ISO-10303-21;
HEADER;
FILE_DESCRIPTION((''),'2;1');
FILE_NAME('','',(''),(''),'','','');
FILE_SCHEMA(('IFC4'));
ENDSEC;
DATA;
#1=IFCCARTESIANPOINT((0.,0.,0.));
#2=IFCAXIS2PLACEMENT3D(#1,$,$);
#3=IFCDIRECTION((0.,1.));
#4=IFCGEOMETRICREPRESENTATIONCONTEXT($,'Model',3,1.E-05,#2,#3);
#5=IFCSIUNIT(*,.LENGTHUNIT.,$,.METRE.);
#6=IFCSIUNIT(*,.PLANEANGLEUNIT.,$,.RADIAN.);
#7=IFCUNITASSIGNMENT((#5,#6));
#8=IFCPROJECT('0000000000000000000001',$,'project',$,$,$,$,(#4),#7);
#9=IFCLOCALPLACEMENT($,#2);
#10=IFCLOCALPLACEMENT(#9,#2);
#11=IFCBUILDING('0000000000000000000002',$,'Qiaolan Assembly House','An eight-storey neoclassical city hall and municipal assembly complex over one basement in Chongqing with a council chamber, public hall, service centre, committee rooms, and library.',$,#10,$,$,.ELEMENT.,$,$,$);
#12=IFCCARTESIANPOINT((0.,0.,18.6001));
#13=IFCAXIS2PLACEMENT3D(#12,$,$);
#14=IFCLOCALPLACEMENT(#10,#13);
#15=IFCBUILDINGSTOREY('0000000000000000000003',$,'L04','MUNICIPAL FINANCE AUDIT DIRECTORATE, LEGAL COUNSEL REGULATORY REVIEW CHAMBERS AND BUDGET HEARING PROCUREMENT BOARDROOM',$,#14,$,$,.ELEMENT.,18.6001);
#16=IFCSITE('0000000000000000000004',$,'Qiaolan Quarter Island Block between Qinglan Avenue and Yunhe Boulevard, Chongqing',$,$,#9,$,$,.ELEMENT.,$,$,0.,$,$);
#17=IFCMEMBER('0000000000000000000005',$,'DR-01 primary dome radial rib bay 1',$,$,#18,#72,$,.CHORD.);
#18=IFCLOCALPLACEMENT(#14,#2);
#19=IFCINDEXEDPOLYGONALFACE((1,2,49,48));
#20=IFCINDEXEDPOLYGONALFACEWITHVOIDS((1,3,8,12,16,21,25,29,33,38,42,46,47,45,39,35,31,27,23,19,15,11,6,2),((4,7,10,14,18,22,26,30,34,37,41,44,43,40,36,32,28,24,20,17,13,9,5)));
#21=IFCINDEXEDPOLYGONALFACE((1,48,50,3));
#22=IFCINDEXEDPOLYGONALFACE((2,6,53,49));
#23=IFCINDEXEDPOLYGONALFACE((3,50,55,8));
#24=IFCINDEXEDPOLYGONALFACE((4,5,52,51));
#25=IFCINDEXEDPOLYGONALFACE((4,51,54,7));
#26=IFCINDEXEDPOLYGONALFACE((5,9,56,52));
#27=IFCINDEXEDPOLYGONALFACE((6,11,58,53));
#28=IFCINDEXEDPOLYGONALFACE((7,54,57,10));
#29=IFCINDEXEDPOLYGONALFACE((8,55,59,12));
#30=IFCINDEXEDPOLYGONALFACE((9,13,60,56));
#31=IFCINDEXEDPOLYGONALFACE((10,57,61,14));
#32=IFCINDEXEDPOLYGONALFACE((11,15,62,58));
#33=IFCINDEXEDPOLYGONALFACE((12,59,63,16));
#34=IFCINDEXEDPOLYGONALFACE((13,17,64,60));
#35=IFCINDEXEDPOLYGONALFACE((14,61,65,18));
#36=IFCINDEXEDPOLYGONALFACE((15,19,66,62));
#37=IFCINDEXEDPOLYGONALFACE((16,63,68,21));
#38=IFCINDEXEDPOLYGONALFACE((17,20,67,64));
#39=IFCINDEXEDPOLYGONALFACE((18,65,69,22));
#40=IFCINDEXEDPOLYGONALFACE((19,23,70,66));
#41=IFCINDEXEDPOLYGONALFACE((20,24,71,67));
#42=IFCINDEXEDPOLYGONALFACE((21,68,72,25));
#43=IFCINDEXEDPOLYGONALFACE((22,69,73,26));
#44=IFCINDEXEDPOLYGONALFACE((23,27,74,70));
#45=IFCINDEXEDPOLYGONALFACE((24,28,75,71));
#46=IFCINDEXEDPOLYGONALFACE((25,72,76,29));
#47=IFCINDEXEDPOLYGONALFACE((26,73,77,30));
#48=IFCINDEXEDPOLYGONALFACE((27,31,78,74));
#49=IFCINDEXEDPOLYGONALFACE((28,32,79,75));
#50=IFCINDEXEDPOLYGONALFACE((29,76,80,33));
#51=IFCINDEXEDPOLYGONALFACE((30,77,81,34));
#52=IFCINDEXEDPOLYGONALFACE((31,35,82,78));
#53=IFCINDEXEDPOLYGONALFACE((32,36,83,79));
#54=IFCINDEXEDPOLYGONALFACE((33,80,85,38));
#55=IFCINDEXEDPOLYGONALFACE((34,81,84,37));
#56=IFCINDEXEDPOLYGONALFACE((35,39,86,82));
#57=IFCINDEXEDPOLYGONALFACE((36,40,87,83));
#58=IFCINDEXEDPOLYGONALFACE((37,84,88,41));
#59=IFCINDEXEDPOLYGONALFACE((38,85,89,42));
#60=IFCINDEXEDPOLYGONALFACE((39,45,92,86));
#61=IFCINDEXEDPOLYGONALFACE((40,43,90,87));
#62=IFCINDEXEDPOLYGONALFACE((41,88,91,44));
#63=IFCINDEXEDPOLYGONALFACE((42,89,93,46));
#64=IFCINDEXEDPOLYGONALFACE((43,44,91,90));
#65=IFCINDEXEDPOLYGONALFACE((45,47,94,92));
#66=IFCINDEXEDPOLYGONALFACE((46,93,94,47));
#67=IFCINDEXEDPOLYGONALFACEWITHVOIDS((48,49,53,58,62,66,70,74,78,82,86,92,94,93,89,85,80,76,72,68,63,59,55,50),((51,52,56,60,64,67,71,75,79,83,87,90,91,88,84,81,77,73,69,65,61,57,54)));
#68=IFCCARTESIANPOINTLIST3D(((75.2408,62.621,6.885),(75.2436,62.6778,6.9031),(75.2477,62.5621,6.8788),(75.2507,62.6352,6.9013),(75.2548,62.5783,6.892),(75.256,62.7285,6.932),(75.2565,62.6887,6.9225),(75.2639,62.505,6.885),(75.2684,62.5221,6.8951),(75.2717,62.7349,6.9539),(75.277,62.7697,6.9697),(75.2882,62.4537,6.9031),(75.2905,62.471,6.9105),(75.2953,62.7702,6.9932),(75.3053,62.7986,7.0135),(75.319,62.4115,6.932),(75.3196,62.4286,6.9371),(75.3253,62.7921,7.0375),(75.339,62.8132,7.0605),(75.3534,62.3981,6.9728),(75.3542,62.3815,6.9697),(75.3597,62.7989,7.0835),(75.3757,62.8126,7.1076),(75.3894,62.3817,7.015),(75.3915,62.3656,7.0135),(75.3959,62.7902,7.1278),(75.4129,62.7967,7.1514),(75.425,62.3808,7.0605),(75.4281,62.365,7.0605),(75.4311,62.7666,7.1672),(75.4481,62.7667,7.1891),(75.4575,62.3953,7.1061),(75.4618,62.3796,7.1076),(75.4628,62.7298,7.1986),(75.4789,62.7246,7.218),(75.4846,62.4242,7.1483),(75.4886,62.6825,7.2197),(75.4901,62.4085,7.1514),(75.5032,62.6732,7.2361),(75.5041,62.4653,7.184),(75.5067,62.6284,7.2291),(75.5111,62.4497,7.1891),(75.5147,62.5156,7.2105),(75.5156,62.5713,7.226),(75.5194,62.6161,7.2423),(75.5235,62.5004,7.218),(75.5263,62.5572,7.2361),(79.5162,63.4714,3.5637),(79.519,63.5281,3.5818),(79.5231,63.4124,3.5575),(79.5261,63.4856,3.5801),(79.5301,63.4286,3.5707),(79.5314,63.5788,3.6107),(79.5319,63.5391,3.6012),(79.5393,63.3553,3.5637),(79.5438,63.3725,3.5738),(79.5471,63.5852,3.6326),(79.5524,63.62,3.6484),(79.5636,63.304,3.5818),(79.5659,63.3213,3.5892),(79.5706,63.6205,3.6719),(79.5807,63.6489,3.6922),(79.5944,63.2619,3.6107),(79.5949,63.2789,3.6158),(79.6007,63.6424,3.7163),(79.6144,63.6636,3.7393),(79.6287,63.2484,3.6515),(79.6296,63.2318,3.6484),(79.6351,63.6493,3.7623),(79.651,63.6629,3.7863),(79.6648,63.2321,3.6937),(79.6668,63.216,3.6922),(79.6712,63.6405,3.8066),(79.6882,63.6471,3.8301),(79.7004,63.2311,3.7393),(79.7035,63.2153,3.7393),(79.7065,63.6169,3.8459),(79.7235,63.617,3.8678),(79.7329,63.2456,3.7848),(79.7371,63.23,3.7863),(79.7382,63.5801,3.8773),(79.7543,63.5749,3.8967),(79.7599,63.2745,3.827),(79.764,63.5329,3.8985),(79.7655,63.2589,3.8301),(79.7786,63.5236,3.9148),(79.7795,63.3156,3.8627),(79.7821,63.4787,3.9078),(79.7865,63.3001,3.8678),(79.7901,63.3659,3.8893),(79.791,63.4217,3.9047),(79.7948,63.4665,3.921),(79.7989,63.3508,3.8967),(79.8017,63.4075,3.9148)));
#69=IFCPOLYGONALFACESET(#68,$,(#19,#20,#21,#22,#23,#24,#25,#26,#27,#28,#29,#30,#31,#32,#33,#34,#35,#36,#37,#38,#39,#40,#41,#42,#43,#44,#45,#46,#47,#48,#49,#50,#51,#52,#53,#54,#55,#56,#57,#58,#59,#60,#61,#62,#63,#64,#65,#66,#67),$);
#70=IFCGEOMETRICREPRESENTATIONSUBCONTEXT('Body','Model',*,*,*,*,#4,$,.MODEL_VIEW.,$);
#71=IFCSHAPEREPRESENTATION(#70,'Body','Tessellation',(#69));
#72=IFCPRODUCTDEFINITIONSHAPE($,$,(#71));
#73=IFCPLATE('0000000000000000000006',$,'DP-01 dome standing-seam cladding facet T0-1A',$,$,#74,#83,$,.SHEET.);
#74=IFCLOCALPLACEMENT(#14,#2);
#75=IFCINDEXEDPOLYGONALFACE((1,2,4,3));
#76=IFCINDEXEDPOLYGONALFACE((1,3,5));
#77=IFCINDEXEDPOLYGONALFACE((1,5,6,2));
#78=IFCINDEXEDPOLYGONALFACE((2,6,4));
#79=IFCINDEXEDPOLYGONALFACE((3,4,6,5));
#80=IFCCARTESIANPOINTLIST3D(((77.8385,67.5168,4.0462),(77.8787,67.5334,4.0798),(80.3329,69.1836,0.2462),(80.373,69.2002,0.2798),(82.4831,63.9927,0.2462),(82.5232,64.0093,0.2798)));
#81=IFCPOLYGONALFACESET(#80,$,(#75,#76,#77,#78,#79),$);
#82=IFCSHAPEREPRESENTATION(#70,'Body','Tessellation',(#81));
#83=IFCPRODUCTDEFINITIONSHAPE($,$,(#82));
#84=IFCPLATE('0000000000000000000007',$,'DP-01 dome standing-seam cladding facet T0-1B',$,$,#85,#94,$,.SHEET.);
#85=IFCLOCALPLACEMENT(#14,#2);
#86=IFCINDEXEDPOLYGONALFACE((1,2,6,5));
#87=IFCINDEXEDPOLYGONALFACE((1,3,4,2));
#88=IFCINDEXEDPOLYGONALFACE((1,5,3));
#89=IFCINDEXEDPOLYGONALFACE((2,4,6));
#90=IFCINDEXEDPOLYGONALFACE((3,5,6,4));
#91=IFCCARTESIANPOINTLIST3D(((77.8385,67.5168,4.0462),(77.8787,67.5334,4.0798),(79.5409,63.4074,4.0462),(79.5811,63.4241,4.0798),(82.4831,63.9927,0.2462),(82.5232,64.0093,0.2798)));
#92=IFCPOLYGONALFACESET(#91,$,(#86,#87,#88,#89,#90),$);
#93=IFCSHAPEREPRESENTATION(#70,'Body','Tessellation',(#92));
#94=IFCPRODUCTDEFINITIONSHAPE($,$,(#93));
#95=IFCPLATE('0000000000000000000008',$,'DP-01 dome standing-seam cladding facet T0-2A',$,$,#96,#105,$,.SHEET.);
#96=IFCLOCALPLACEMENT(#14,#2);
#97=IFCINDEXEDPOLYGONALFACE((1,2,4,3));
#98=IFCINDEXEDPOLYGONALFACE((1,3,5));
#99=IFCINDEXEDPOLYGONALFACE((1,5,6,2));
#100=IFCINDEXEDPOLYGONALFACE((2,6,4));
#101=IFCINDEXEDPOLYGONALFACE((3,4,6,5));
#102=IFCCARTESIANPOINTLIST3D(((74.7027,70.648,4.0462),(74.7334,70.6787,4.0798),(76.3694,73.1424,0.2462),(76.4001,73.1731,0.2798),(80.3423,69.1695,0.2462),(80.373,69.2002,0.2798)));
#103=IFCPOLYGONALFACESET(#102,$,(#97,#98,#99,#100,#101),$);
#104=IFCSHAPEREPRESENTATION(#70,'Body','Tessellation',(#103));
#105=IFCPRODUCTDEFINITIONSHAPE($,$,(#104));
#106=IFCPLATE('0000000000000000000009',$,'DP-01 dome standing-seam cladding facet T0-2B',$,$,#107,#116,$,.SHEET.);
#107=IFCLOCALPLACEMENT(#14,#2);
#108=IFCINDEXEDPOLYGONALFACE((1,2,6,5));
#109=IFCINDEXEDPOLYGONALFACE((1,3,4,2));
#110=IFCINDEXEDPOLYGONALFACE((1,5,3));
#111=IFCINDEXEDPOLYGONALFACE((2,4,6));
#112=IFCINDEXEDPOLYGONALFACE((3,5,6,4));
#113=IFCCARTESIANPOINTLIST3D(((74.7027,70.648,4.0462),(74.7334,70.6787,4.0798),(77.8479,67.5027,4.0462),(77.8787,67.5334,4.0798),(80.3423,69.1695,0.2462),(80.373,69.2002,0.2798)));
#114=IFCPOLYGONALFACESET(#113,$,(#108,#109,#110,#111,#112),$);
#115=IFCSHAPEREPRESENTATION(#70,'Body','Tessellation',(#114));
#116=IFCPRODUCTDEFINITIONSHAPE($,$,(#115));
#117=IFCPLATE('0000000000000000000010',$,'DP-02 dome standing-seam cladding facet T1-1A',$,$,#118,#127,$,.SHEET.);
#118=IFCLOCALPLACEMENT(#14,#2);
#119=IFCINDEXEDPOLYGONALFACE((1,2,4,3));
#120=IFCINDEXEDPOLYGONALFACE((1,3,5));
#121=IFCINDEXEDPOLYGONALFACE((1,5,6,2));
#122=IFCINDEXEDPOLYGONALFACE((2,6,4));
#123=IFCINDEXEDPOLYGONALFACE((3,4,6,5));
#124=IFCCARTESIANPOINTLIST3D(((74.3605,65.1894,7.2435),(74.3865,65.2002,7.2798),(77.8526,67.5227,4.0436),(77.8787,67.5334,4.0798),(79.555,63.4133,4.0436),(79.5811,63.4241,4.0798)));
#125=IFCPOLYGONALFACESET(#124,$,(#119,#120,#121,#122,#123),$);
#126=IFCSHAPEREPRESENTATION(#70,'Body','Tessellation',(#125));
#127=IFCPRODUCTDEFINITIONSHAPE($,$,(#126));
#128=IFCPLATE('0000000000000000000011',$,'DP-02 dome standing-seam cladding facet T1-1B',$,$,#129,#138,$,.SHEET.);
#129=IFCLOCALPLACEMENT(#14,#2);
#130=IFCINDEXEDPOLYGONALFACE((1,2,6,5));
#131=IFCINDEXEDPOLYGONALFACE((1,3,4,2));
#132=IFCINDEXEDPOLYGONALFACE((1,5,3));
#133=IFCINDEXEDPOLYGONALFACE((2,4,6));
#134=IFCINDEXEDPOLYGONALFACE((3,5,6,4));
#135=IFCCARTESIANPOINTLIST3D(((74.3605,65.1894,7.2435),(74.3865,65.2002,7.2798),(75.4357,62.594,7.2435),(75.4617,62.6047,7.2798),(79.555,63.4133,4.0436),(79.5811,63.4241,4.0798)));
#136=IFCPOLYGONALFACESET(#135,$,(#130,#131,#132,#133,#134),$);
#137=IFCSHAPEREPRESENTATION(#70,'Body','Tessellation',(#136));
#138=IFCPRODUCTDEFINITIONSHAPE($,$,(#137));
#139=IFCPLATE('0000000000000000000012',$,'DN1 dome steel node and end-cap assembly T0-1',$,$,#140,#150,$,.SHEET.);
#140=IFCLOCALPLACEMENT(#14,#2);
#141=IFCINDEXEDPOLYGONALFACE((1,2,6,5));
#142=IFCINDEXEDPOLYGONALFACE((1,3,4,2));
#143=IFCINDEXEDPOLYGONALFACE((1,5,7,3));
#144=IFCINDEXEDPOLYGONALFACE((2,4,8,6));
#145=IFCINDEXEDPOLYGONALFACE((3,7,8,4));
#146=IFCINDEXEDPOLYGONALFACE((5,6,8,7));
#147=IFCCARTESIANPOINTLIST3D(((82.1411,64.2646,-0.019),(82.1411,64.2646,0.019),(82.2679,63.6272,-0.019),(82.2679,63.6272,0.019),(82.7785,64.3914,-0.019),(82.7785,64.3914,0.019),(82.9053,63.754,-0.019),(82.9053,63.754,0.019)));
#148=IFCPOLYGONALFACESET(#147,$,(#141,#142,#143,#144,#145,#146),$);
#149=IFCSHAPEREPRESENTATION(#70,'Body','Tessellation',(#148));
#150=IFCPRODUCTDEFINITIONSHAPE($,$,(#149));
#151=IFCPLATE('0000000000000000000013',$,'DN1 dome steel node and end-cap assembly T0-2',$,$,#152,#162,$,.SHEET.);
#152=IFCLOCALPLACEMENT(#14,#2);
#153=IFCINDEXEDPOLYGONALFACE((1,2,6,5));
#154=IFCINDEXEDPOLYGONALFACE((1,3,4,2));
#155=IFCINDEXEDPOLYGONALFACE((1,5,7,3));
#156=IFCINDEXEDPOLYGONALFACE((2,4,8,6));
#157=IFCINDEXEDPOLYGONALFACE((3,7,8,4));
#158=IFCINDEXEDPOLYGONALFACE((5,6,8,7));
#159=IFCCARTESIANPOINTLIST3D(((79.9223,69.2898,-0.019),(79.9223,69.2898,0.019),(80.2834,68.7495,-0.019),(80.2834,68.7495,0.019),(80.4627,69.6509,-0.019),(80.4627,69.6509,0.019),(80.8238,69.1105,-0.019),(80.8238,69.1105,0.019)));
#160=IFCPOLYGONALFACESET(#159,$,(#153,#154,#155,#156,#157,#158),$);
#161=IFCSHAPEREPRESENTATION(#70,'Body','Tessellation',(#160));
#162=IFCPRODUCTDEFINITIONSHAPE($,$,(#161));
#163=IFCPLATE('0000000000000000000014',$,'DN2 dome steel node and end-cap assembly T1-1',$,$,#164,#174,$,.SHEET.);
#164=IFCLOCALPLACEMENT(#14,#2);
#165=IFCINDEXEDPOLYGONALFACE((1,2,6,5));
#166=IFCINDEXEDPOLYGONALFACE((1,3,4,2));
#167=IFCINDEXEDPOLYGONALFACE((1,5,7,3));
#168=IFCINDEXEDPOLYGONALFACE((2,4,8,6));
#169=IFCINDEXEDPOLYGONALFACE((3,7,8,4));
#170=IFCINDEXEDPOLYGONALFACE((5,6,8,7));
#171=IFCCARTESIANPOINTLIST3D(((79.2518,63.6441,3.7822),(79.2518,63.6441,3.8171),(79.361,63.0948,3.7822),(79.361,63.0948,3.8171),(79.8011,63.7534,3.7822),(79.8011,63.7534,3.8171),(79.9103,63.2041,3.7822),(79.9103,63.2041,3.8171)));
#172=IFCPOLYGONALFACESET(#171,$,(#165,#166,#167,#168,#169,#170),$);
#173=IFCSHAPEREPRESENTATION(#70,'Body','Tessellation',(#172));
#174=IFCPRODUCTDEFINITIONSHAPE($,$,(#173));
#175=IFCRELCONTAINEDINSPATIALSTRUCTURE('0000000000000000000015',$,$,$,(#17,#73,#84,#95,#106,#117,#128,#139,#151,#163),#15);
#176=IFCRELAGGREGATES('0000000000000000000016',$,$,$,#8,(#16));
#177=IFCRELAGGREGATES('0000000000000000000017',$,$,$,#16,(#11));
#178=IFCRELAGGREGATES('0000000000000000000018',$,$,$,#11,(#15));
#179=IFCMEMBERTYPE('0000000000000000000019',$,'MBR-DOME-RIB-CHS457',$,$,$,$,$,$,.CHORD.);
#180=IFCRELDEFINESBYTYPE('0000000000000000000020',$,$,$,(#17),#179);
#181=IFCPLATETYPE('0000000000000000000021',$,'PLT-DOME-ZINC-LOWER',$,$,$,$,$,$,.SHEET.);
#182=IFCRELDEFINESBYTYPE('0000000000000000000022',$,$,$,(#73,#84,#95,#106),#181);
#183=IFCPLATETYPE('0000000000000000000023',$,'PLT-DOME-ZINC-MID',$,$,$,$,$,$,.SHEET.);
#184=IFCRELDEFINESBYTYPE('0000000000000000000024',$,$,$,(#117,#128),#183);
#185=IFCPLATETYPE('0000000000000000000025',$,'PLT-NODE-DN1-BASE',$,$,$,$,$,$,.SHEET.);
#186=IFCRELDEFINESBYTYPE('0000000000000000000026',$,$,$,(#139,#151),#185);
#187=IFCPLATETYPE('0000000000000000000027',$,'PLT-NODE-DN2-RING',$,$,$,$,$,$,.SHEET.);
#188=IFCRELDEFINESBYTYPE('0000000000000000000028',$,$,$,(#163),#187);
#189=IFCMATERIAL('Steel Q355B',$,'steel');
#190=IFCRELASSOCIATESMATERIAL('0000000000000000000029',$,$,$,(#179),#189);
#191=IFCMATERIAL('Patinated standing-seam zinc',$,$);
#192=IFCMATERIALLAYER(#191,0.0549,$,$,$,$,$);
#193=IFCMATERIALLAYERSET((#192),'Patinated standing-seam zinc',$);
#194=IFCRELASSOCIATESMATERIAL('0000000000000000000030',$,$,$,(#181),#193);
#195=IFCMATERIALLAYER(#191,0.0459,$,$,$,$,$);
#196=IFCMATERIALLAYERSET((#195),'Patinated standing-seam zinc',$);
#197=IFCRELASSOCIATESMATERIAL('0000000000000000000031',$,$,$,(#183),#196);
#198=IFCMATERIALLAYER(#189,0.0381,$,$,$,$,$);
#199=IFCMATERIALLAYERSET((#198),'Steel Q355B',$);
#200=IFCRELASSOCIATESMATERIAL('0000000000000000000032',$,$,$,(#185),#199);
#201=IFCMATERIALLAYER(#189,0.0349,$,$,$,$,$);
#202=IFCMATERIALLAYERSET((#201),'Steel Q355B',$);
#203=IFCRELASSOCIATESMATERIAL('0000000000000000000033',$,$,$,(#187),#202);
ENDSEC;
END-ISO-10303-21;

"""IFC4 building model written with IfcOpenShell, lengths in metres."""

from ifc_helpers import new_model, si_unit, direction, frame, origin, origin_2d, place, context, subcontext, project, spatial, polyline, rectangle, hollow_circle, outline, extrude, material, layer, layer_set, material_profile, profile_set, type_object, element, save


model = new_model("IFC4")

# Units and contexts
model_context = context("Model", 3, precision=1e-05, world=origin(), true_north=direction((0.0, 1.0)))
body_context = subcontext(model_context, "Body", "Model", "MODEL_VIEW")
ifc_project = project(units=[si_unit("LENGTHUNIT", "METRE"), si_unit("PLANEANGLEUNIT", "RADIAN")], contexts=[model_context])

# Site, building, storey
site_placement = place(None, origin())
site = spatial("IfcSite", under=ifc_project, at=site_placement, Name="Qiaolan Quarter Island Block between Qinglan Avenue and Yunhe Boulevard, Chongqing", CompositionType="ELEMENT", RefElevation=0.0)
building_placement = place(site_placement, origin())
building = spatial("IfcBuilding", under=site, at=building_placement, Name="Qiaolan Assembly House", Description="An eight-storey neoclassical city hall and municipal assembly complex over one basement in Chongqing with a council chamber, public hall, service centre, committee rooms, and library.", CompositionType="ELEMENT")
storey_placement = place(building_placement, frame((0.0, 0.0, 18.6001)))
storey = spatial("IfcBuildingStorey", under=building, at=storey_placement, Name="L04", Description="MUNICIPAL FINANCE AUDIT DIRECTORATE, LEGAL COUNSEL REGULATORY REVIEW CHAMBERS AND BUDGET HEARING PROCUREMENT BOARDROOM", CompositionType="ELEMENT", Elevation=18.6001)

# Shared definitions
ifc_material_1 = material(Name="Steel Q355B", Category="steel")

# Member
ifc_material_profile_1 = material_profile(ifc_material_1, hollow_circle(Radius=0.2285, WallThickness=0.0161, at=origin_2d()), Name="CHS 457x16")
ifc_profile_set_1 = profile_set([ifc_material_profile_1], Name="Steel Q355B")
member_type_1 = type_object("IfcMemberType", Name="MBR-DOME-RIB-CHS457", PredefinedType="CHORD", material=ifc_profile_set_1)
member_1_placement = place(storey_placement, frame((79.6589, 63.4395, 3.7393), z_axis=(-0.780147, -0.155165, 0.606048), x_axis=(0.195071, -0.980789, 0.0)))
element("IfcMember", 1, at=member_1_placement, inside=storey, type_object=member_type_1, Name="DR-01 primary dome radial rib bay 1", PredefinedType="CHORD", context=body_context, shape_type="SweptSolid", body=[
    extrude(hollow_circle(Radius=0.2285, WallThickness=0.0161, at=origin_2d()), origin(), (0.0, 0.0, 1.0), 5.4802),
])

# Plates
ifc_material_2 = material(Name="Patinated standing-seam zinc")
ifc_layer_1 = layer(ifc_material_2, 0.0549)
ifc_layer_set_1 = layer_set([ifc_layer_1], Name="Patinated standing-seam zinc")
plate_type_1 = type_object("IfcPlateType", Name="PLT-DOME-ZINC-LOWER", PredefinedType="SHEET", material=ifc_layer_set_1)
plate_1_placement = place(storey_placement, frame((82.5232, 64.0093, 0.2798), z_axis=(0.730499, 0.302582, 0.612222), x_axis=(-0.382683, 0.92388, 0.0)))
element("IfcPlate", 2, at=plate_1_placement, inside=storey, type_object=plate_type_1, Name="DP-01 dome standing-seam cladding facet T0-1A", PredefinedType="SHEET", context=body_context, shape_type="SweptSolid", body=[
    extrude(outline(polyline([(0.0, 0.0), (5.6186, 0.0), (5.0333, 4.806), (0.0, 0.0)])), origin(), (0.0, 0.0, -1.0), 0.0549),
])
plate_2_placement = place(storey_placement, frame((82.5232, 64.0093, 0.2798), z_axis=(0.730507, 0.302627, 0.61219), x_axis=(-0.667385, 0.506397, 0.546039)))
element("IfcPlate", 3, at=plate_2_placement, inside=storey, type_object=plate_type_1, Name="DP-01 dome standing-seam cladding facet T0-1B", PredefinedType="SHEET", context=body_context, shape_type="SweptSolid", body=[
    extrude(outline(polyline([(0.0, 0.0), (6.9593, 0.0), (3.7422, 3.0717), (0.0, 0.0)])), origin(), (0.0, 0.0, -1.0), 0.0549),
])
plate_3_placement = place(storey_placement, frame((80.373, 69.2002, 0.2798), z_axis=(0.559098, 0.559098, 0.612224), x_axis=(-0.707107, 0.707107, 0.0)))
element("IfcPlate", 4, at=plate_3_placement, inside=storey, type_object=plate_type_1, Name="DP-01 dome standing-seam cladding facet T0-2A", PredefinedType="SHEET", context=body_context, shape_type="SweptSolid", body=[
    extrude(outline(polyline([(0.0, 0.0), (5.6185, 0.0), (5.0333, 4.806), (0.0, 0.0)])), origin(), (0.0, 0.0, -1.0), 0.0549),
])
plate_4_placement = place(storey_placement, frame((80.373, 69.2002, 0.2798), z_axis=(0.559098, 0.559098, 0.612224), x_axis=(-0.810375, 0.212451, 0.546038)))
element("IfcPlate", 5, at=plate_4_placement, inside=storey, type_object=plate_type_1, Name="DP-01 dome standing-seam cladding facet T0-2B", PredefinedType="SHEET", context=body_context, shape_type="SweptSolid", body=[
    extrude(outline(polyline([(0.0, 0.0), (6.9593, 0.0), (3.7423, 3.0718), (0.0, 0.0)])), origin(), (0.0, 0.0, -1.0), 0.0549),
])
ifc_layer_2 = layer(ifc_material_2, 0.0459)
ifc_layer_set_2 = layer_set([ifc_layer_2], Name="Patinated standing-seam zinc")
plate_type_2 = type_object("IfcPlateType", Name="PLT-DOME-ZINC-MID", PredefinedType="SHEET", material=ifc_layer_set_2)
plate_5_placement = place(storey_placement, frame((79.5811, 63.4241, 4.0798), z_axis=(0.56676, 0.234792, 0.789719), x_axis=(-0.382728, 0.923861, 0.0)))
element("IfcPlate", 6, at=plate_5_placement, inside=storey, type_object=plate_type_2, Name="DP-02 dome standing-seam cladding facet T1-1A", PredefinedType="SHEET", context=body_context, shape_type="SweptSolid", body=[
    extrude(outline(polyline([(0.0, 0.0), (4.448, 0.0), (3.629, 5.2162), (0.0, 0.0)])), origin(), (0.0, 0.0, -1.0), 0.0459),
])
plate_6_placement = place(storey_placement, frame((79.5811, 63.4241, 4.0798), z_axis=(0.566759, 0.234786, 0.789721), x_axis=(-0.817482, 0.279512, 0.503583)))
element("IfcPlate", 7, at=plate_6_placement, inside=storey, type_object=plate_type_2, Name="DP-02 dome standing-seam cladding facet T1-1B", PredefinedType="SHEET", context=body_context, shape_type="SweptSolid", body=[
    extrude(outline(polyline([(0.0, 0.0), (6.3544, 0.0), (4.75, 2.3061), (0.0, 0.0)])), origin(), (0.0, 0.0, -1.0), 0.0459),
])
ifc_layer_3 = layer(ifc_material_1, 0.0381)
ifc_layer_set_3 = layer_set([ifc_layer_3], Name="Steel Q355B")
plate_type_3 = type_object("IfcPlateType", Name="PLT-NODE-DN1-BASE", PredefinedType="SHEET", material=ifc_layer_set_3)
for number, where, z_axis, x_axis, name in (
    (8, (82.5232, 64.0093, -0.019), (0.0, 0.0, 1.0), (0.980785, 0.19509, 0.0), "DN1 dome steel node and end-cap assembly T0-1"),
    (9, (80.373, 69.2002, -0.019), (0.0, 0.0, 1.0), (0.83147, 0.55557, 0.0), "DN1 dome steel node and end-cap assembly T0-2"),
):
    element("IfcPlate", number, at=place(storey_placement, frame(where, z_axis=z_axis, x_axis=x_axis)), inside=storey, type_object=plate_type_3, Name=name, PredefinedType="SHEET", context=body_context, shape_type="SweptSolid", body=[
        extrude(rectangle(XDim=0.6499, YDim=0.6499, at=origin_2d()), origin(), (0.0, 0.0, 1.0), 0.0381),
    ])
ifc_layer_4 = layer(ifc_material_1, 0.0349)
ifc_layer_set_4 = layer_set([ifc_layer_4], Name="Steel Q355B")
plate_type_4 = type_object("IfcPlateType", Name="PLT-NODE-DN2-RING", PredefinedType="SHEET", material=ifc_layer_set_4)
plate_7_placement = place(storey_placement, frame((79.5811, 63.4241, 3.7822), z_axis=(0.0, 0.0, 1.0), x_axis=(0.980785, 0.19509, 0.0)))
element("IfcPlate", 10, at=plate_7_placement, inside=storey, type_object=plate_type_4, Name="DN2 dome steel node and end-cap assembly T1-1", PredefinedType="SHEET", context=body_context, shape_type="SweptSolid", body=[
    extrude(rectangle(XDim=0.5601, YDim=0.5601, at=origin_2d()), origin(), (0.0, 0.0, 1.0), 0.0349),
])

save(model, "model.ifc")
